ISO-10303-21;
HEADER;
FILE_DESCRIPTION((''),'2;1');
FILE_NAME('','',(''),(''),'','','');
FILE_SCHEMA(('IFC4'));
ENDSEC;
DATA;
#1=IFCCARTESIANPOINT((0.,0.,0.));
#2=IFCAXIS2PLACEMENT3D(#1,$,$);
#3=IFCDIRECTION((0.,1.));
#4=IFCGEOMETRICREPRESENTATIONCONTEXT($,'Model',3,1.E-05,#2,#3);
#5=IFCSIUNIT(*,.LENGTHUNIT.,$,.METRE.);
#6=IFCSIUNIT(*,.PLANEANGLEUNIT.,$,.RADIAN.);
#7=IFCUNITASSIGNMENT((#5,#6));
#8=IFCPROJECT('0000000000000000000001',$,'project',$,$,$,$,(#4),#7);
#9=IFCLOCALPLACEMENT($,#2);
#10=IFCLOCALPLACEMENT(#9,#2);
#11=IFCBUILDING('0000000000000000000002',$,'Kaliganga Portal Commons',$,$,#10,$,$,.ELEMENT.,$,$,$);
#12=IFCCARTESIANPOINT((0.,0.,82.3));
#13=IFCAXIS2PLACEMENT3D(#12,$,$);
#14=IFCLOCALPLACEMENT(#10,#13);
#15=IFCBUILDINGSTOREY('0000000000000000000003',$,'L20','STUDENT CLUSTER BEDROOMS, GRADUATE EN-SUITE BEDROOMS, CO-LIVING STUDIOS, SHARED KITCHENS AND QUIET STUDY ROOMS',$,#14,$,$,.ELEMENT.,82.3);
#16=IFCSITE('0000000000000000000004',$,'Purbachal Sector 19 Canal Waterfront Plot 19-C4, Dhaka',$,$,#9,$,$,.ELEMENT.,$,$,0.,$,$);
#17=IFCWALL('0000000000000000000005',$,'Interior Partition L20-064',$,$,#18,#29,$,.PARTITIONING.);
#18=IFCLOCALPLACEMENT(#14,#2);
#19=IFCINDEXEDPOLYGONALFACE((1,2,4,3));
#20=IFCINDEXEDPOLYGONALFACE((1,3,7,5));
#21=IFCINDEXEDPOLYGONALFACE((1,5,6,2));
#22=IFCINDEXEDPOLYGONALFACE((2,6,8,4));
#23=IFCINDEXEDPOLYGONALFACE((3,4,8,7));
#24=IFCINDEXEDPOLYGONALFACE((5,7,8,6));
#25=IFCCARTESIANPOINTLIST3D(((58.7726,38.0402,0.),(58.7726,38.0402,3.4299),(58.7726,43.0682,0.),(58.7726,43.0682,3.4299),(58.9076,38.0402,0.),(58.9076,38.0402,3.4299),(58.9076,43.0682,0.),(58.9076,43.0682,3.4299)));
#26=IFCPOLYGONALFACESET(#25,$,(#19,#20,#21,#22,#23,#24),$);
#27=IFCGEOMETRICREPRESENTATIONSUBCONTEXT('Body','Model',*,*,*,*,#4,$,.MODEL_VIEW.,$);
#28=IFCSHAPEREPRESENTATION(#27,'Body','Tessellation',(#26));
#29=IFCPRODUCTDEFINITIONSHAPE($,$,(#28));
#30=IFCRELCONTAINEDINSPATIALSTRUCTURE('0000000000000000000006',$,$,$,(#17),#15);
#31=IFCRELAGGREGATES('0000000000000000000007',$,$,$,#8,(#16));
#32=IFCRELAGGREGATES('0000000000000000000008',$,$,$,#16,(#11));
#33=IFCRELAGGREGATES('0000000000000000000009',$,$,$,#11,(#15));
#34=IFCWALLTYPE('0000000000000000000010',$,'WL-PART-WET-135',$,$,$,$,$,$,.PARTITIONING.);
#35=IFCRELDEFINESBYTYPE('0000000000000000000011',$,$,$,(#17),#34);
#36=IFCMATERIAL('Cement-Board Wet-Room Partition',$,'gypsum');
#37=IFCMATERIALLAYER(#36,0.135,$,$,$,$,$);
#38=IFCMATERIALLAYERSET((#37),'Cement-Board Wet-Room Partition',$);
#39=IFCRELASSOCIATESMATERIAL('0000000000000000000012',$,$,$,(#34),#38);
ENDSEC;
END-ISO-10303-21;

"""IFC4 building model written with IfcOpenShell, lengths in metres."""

from ifc_helpers import new_model, si_unit, direction, frame, frame_2d, origin, place, context, subcontext, project, spatial, rectangle, extrude, material, layer, layer_set, type_object, element, save


model = new_model("IFC4")

# Units and contexts
model_context = context("Model", 3, precision=1e-05, world=origin(), true_north=direction((0.0, 1.0)))
body_context = subcontext(model_context, "Body", "Model", "MODEL_VIEW")
ifc_project = project(units=[si_unit("LENGTHUNIT", "METRE"), si_unit("PLANEANGLEUNIT", "RADIAN")], contexts=[model_context])

# Site, building, storey
site_placement = place(None, origin())
site = spatial("IfcSite", under=ifc_project, at=site_placement, Name="Purbachal Sector 19 Canal Waterfront Plot 19-C4, Dhaka", CompositionType="ELEMENT", RefElevation=0.0)
building_placement = place(site_placement, origin())
building = spatial("IfcBuilding", under=site, at=building_placement, Name="Kaliganga Portal Commons", CompositionType="ELEMENT")
storey_placement = place(building_placement, frame((0.0, 0.0, 82.3)))
storey = spatial("IfcBuildingStorey", under=building, at=storey_placement, Name="L20", Description="STUDENT CLUSTER BEDROOMS, GRADUATE EN-SUITE BEDROOMS, CO-LIVING STUDIOS, SHARED KITCHENS AND QUIET STUDY ROOMS", CompositionType="ELEMENT", Elevation=82.3)

# Wall
ifc_material_1 = material(Name="Cement-Board Wet-Room Partition", Category="gypsum")
ifc_layer_1 = layer(ifc_material_1, 0.135)
ifc_layer_set_1 = layer_set([ifc_layer_1], Name="Cement-Board Wet-Room Partition")
wall_type_1 = type_object("IfcWallType", Name="WL-PART-WET-135", PredefinedType="PARTITIONING", material=ifc_layer_set_1)
for number, where, z_axis, x_axis, name in (
    (1, (58.8401, 38.04, 0.0), (0.0, 0.0, 1.0), (0.0, 1.0, 0.0), "Interior Partition L20-064"),
):
    element("IfcWall", number, at=place(storey_placement, frame(where, z_axis=z_axis, x_axis=x_axis)), inside=storey, type_object=wall_type_1, Name=name, PredefinedType="PARTITIONING", context=body_context, shape_type="SweptSolid", body=[
        extrude(rectangle(XDim=5.0281, YDim=0.135, at=frame_2d((2.5142, 0.0))), origin(), (0.0, 0.0, 1.0), 3.4299),
    ])

save(model, "model.ifc")
